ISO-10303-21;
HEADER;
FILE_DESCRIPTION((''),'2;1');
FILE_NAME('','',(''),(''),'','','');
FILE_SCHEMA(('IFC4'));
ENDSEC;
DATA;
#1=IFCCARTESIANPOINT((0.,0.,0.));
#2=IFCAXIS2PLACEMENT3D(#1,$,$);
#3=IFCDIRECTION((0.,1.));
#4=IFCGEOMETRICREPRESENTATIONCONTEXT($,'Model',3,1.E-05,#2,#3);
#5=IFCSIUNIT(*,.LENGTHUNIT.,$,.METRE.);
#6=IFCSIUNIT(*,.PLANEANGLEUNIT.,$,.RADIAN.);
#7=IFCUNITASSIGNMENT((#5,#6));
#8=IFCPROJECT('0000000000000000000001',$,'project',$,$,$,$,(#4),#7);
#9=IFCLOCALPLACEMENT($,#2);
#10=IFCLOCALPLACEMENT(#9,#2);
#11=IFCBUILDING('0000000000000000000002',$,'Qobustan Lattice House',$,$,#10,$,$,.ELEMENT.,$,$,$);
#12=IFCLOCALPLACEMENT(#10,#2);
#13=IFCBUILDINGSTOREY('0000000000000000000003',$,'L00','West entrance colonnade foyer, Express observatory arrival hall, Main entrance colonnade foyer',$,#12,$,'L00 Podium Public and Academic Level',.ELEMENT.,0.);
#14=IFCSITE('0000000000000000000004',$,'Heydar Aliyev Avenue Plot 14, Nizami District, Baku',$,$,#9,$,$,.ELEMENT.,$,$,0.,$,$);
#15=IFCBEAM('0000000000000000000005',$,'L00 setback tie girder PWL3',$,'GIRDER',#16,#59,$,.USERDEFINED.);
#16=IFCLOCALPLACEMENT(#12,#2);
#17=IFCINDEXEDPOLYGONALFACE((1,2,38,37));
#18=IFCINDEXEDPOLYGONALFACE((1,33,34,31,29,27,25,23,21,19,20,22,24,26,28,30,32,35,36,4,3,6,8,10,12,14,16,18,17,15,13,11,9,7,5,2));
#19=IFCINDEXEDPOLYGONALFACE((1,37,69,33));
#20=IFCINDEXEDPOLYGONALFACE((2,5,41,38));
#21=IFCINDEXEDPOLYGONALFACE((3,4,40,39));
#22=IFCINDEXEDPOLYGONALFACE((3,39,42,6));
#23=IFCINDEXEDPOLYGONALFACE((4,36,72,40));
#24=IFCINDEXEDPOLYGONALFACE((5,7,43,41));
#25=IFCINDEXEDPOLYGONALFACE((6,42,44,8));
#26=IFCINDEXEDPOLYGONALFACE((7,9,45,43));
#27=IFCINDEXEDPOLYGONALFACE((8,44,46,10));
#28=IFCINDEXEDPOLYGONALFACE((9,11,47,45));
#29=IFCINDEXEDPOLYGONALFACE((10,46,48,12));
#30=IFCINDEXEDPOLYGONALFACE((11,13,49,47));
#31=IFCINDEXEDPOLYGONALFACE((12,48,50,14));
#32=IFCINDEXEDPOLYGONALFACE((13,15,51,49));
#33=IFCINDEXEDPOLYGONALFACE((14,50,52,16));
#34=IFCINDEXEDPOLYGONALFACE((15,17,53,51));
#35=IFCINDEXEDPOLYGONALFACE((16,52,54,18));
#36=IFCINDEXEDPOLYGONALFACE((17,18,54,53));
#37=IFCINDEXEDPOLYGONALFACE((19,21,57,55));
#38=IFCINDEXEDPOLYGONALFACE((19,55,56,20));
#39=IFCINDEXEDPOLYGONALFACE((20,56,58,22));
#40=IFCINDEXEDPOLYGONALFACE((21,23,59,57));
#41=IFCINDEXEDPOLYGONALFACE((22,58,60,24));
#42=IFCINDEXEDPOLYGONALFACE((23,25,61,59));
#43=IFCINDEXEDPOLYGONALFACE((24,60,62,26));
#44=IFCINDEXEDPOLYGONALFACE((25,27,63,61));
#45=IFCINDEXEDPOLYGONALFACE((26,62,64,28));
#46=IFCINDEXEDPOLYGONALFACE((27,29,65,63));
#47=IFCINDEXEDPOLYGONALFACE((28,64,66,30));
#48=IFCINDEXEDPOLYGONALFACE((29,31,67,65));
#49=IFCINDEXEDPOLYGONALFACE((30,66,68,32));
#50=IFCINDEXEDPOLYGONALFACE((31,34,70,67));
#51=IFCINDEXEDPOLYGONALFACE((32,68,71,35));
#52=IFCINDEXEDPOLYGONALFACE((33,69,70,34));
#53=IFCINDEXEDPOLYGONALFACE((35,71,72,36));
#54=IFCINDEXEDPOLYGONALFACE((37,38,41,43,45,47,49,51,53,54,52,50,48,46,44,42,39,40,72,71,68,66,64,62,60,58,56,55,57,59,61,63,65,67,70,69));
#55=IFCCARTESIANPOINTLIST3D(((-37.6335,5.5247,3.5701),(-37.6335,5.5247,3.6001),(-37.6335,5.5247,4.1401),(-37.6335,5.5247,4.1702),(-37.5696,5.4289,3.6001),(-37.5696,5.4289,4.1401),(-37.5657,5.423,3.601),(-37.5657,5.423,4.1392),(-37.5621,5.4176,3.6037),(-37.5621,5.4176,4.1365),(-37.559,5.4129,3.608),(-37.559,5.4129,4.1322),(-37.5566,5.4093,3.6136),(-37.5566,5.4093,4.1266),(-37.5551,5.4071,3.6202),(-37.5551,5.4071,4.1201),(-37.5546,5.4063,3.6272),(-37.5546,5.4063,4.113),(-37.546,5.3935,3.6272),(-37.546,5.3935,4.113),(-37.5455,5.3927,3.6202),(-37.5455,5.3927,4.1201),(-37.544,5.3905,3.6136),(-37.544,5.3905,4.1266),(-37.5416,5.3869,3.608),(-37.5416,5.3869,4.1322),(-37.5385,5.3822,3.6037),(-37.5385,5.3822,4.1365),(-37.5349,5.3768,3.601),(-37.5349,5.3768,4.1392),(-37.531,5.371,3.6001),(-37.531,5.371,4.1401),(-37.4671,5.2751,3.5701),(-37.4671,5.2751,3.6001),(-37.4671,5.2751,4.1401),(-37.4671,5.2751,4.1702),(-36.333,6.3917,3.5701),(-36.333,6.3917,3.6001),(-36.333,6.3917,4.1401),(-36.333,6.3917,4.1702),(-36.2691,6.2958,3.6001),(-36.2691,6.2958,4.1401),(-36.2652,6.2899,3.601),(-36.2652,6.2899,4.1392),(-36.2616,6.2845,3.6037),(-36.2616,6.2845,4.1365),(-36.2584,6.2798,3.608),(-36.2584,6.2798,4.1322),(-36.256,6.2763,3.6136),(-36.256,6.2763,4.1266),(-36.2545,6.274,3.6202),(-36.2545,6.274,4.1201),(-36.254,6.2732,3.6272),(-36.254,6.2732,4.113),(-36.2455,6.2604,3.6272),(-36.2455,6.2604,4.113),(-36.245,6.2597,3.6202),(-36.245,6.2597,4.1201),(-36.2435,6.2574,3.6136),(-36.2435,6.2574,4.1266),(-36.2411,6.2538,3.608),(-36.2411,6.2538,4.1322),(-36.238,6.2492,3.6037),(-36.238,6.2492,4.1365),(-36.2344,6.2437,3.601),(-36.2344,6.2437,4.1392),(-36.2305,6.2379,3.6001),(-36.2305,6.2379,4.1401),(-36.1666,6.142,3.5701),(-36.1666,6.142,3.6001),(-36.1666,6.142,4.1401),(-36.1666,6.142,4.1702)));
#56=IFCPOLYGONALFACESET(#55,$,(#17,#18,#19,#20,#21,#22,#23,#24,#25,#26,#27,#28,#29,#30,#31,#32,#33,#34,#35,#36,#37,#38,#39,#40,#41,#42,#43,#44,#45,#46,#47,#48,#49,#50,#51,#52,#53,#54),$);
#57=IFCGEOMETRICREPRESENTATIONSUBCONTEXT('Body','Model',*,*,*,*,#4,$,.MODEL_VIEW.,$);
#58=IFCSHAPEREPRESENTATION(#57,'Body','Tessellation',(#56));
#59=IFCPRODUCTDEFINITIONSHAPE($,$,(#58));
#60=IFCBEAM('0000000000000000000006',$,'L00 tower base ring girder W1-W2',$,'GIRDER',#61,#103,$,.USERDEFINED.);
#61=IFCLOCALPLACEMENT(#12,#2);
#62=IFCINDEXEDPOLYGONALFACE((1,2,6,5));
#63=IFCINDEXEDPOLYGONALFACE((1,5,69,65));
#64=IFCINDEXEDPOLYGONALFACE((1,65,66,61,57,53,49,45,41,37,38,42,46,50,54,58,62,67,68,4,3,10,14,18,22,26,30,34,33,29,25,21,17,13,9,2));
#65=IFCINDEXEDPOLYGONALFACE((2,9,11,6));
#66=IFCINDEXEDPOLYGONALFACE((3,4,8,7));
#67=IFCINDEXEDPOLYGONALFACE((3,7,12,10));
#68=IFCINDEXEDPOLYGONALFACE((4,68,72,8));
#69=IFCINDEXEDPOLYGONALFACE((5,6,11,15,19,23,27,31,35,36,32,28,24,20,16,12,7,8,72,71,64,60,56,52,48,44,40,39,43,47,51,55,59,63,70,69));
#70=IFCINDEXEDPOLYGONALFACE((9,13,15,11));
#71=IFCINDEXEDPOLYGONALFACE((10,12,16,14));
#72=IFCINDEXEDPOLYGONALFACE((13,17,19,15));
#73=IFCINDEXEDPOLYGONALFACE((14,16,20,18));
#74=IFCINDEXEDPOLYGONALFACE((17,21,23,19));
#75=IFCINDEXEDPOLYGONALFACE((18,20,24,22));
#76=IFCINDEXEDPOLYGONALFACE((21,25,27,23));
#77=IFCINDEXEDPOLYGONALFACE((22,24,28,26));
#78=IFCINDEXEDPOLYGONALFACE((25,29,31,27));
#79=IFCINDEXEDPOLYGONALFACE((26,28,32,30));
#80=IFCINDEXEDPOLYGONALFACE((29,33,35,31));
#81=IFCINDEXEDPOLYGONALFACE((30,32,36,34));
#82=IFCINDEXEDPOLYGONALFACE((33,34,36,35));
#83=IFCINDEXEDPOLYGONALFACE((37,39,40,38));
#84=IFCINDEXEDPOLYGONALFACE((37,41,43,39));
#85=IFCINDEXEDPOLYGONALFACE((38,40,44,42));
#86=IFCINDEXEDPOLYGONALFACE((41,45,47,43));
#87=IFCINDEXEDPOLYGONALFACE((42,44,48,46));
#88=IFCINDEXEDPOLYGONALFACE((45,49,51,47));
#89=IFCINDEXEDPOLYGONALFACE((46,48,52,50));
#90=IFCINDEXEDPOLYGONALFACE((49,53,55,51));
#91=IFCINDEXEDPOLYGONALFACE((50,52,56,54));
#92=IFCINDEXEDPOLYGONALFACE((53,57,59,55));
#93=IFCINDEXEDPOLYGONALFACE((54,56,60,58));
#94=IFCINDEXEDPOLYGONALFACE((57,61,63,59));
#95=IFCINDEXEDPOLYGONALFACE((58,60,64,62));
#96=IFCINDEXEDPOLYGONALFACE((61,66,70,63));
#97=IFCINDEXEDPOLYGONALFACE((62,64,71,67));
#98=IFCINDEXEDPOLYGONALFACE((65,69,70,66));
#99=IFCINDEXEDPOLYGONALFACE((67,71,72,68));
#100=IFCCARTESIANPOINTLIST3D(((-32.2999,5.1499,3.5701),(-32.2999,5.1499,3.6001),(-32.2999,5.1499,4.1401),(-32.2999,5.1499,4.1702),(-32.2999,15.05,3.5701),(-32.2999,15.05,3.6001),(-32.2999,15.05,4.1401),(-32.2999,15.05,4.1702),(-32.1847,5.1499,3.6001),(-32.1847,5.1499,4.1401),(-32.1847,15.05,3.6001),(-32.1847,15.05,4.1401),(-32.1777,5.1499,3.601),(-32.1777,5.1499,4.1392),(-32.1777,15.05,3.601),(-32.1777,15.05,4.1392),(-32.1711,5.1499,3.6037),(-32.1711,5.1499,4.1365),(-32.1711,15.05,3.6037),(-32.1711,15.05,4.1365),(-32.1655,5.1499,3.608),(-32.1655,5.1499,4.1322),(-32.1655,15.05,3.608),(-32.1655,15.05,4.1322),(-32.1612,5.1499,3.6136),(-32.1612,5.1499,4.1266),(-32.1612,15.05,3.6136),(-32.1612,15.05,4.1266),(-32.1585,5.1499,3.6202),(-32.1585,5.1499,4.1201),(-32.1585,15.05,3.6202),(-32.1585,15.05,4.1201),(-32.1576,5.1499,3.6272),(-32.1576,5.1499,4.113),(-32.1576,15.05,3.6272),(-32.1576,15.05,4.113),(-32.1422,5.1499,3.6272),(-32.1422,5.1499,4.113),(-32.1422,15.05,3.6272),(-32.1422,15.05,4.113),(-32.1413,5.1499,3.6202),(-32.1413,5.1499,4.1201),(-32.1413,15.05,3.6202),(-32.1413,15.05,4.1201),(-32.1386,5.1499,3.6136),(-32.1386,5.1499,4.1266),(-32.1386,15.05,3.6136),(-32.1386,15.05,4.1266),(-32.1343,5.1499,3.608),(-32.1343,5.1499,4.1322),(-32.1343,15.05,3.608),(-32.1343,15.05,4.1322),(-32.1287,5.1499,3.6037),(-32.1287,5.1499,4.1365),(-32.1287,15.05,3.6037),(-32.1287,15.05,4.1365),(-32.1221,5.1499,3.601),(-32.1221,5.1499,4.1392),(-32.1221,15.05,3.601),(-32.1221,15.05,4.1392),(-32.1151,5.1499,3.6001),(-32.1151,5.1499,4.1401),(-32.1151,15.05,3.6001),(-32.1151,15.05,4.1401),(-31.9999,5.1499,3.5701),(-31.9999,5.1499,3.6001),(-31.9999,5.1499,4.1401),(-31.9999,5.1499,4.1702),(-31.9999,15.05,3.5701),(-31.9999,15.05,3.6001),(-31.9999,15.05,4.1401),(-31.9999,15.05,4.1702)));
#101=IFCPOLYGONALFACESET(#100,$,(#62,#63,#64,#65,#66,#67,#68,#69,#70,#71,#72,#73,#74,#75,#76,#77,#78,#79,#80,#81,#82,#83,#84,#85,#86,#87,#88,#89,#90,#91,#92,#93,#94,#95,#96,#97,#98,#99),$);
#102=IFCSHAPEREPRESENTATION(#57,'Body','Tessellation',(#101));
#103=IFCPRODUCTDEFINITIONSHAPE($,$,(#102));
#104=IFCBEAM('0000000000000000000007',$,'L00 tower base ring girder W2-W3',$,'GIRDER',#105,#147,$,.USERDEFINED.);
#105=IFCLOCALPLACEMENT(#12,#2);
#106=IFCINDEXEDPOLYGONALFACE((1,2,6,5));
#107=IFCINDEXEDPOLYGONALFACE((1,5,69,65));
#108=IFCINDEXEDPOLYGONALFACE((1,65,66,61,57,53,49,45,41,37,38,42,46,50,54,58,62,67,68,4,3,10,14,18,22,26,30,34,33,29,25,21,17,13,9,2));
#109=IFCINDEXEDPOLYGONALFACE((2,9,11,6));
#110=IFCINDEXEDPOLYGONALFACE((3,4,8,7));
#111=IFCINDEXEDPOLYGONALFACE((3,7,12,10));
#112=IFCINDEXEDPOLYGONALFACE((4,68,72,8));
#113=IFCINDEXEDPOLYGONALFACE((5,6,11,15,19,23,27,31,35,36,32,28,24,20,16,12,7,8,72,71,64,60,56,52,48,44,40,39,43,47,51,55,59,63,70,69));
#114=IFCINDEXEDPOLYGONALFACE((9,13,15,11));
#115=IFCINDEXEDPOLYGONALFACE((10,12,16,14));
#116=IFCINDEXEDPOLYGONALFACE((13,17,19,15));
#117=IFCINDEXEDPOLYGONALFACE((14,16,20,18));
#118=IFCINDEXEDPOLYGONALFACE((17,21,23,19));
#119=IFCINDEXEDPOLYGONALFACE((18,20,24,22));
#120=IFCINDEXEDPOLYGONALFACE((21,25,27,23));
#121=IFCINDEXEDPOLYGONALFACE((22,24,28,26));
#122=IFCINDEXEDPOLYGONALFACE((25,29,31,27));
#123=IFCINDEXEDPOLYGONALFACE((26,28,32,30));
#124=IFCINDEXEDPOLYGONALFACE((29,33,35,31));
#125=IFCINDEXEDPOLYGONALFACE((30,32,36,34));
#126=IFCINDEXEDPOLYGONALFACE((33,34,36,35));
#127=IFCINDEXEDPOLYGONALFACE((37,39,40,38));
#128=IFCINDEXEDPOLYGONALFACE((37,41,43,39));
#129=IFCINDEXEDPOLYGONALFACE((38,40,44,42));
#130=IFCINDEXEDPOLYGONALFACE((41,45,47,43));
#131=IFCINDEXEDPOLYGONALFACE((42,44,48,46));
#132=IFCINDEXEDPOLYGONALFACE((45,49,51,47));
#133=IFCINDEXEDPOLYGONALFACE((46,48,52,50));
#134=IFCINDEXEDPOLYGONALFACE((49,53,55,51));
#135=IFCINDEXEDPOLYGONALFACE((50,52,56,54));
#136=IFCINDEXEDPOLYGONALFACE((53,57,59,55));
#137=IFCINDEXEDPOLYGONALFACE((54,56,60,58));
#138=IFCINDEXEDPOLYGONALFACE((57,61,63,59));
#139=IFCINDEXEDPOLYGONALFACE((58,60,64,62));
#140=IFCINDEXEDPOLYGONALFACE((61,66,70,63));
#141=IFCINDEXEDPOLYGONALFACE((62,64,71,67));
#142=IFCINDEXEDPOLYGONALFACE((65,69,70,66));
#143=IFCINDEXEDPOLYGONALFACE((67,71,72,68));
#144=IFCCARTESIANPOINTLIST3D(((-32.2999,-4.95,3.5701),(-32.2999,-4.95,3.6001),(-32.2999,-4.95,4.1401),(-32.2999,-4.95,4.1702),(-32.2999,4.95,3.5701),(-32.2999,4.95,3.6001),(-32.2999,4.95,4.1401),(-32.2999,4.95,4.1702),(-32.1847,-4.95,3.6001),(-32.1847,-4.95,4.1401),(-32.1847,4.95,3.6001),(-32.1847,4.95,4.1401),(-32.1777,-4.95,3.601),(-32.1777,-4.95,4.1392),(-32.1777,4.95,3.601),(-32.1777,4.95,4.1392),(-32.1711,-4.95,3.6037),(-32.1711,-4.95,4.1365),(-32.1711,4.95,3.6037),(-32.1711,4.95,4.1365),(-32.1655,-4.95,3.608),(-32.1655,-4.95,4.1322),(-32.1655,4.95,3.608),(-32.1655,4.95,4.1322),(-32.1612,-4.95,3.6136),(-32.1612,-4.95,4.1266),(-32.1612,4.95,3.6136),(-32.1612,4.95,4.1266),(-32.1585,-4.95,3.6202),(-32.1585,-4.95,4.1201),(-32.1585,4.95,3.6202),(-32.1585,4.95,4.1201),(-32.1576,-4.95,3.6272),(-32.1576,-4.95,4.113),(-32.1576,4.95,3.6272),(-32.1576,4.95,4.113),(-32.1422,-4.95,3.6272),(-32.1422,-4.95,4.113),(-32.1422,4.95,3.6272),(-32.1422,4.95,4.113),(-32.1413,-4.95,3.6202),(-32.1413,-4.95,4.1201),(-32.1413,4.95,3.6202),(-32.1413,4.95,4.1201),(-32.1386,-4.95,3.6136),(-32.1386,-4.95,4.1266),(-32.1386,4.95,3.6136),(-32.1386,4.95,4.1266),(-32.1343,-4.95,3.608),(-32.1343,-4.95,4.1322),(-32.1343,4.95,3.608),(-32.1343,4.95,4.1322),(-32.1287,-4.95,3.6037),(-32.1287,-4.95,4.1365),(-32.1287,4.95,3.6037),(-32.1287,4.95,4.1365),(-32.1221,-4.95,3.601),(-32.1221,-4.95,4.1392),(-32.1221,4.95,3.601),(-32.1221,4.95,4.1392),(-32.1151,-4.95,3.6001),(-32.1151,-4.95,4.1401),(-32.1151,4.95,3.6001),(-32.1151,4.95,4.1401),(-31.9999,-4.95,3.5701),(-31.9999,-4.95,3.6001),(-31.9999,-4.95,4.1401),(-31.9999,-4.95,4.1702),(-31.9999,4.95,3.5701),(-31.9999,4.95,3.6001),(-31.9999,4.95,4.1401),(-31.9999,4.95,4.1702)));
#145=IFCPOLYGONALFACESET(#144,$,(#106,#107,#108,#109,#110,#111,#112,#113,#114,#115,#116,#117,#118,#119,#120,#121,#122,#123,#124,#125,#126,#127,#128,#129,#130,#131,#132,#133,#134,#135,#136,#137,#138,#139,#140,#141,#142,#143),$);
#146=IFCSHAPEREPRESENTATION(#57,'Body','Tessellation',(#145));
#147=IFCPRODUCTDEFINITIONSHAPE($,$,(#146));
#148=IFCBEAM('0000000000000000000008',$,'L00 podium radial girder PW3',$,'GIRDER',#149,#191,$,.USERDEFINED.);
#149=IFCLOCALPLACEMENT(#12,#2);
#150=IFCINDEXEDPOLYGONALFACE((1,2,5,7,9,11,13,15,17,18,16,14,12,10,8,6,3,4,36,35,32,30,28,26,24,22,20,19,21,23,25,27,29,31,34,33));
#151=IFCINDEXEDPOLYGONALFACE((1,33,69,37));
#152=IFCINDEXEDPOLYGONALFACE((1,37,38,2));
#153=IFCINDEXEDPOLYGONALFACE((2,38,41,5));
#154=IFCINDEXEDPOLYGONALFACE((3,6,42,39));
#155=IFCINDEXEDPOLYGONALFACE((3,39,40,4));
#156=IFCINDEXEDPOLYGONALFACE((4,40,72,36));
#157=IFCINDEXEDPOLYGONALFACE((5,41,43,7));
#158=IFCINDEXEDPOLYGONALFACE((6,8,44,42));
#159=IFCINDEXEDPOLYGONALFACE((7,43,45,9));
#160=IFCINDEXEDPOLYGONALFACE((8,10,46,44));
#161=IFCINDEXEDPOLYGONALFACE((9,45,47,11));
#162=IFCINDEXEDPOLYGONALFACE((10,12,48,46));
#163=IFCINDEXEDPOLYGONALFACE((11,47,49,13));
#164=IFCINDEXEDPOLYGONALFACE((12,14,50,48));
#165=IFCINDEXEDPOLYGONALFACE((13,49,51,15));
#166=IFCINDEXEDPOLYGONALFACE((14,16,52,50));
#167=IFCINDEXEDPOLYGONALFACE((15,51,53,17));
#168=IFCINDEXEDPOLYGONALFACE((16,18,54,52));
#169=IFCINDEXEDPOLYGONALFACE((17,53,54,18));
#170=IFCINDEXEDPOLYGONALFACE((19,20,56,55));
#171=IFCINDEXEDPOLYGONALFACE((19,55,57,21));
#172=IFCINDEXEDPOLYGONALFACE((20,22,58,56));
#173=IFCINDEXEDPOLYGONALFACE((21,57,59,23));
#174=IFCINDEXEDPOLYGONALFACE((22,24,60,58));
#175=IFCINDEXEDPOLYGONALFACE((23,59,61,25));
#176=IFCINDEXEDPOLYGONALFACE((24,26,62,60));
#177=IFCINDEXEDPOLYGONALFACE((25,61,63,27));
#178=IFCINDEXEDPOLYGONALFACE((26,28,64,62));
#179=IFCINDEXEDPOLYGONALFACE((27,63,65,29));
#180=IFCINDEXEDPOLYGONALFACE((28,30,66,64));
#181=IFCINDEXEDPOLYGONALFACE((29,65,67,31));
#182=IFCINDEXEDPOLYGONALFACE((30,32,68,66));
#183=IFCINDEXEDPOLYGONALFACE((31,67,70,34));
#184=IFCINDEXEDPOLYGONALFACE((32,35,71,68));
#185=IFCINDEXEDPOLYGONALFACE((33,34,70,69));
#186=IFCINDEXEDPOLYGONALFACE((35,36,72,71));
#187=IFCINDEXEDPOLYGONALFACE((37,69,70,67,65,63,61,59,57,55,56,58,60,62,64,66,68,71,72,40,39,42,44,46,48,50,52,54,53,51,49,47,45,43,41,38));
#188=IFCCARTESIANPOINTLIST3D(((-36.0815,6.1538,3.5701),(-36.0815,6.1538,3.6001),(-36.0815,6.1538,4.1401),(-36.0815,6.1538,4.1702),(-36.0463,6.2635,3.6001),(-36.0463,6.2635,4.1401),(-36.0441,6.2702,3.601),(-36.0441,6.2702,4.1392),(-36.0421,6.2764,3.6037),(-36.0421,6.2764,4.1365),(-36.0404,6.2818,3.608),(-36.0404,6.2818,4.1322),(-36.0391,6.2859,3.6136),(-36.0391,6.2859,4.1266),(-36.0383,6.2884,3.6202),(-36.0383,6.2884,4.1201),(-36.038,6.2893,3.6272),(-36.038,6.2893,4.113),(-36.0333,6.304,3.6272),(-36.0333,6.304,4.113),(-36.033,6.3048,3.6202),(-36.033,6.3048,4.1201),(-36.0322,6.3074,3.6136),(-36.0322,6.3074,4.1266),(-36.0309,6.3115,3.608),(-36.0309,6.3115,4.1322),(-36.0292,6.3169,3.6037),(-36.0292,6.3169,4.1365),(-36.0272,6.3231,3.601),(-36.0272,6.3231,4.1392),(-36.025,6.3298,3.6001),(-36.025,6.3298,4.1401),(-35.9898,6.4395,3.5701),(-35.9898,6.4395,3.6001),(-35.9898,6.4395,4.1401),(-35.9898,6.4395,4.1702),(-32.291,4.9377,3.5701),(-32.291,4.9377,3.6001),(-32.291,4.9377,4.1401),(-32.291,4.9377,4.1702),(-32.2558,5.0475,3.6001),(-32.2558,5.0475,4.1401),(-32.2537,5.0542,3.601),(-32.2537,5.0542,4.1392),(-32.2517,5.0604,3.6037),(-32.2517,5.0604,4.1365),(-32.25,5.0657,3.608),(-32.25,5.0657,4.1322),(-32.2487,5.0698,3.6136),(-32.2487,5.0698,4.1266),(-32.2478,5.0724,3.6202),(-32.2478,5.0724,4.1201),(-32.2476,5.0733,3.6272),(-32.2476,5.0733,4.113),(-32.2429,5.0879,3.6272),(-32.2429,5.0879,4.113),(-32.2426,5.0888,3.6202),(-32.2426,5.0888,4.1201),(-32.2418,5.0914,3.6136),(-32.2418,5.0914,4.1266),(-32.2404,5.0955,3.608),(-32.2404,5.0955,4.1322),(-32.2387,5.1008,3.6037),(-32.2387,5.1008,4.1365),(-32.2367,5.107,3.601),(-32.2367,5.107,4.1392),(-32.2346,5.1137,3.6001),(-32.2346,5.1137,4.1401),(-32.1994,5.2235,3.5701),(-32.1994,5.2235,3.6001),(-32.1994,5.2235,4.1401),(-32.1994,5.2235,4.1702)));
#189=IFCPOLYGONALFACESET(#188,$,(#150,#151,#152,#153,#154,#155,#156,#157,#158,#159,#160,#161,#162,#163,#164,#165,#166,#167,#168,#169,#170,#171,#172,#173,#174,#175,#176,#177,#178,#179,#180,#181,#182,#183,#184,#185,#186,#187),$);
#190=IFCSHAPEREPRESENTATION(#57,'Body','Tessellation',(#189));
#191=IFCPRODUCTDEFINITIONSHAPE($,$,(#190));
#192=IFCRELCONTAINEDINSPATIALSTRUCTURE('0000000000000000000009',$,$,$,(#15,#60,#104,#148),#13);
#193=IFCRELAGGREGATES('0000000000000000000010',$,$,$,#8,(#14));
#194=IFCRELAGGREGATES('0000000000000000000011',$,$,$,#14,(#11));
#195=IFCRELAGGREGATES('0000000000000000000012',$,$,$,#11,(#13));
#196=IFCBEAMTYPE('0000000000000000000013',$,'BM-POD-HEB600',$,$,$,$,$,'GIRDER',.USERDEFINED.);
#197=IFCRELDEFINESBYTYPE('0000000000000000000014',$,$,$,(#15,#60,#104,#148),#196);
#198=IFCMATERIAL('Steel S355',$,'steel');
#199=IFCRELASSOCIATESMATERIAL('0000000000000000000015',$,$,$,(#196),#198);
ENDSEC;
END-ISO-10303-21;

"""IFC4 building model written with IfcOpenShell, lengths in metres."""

from ifc_helpers import new_model, si_unit, direction, frame, origin, origin_2d, place, context, subcontext, project, spatial, i_section, extrude, material, material_profile, profile_set, type_object, element, save


model = new_model("IFC4")

# Units and contexts
model_context = context("Model", 3, precision=1e-05, world=origin(), true_north=direction((0.0, 1.0)))
body_context = subcontext(model_context, "Body", "Model", "MODEL_VIEW")
ifc_project = project(units=[si_unit("LENGTHUNIT", "METRE"), si_unit("PLANEANGLEUNIT", "RADIAN")], contexts=[model_context])

# Site, building, storey
site_placement = place(None, origin())
site = spatial("IfcSite", under=ifc_project, at=site_placement, Name="Heydar Aliyev Avenue Plot 14, Nizami District, Baku", CompositionType="ELEMENT", RefElevation=0.0)
building_placement = place(site_placement, origin())
building = spatial("IfcBuilding", under=site, at=building_placement, Name="Qobustan Lattice House", CompositionType="ELEMENT")
storey_placement = place(building_placement, origin())
storey = spatial("IfcBuildingStorey", under=building, at=storey_placement, Name="L00", Description="West entrance colonnade foyer, Express observatory arrival hall, Main entrance colonnade foyer", LongName="L00 Podium Public and Academic Level", CompositionType="ELEMENT", Elevation=0.0)

# Beams
ifc_material_1 = material(Name="Steel S355", Category="steel")
ifc_material_profile_1 = material_profile(ifc_material_1, i_section(OverallWidth=0.3, OverallDepth=0.6001, WebThickness=0.0154, FlangeThickness=0.03, FilletRadius=0.0271, at=origin_2d()), Name="HEB600")
ifc_profile_set_1 = profile_set([ifc_material_profile_1], Name="Steel S355")
beam_type_1 = type_object("IfcBeamType", Name="BM-POD-HEB600", ElementType="GIRDER", PredefinedType="USERDEFINED", material=ifc_profile_set_1)
beam_1_placement = place(storey_placement, frame((-37.5503, 5.3999, 3.8701), z_axis=(0.832074, 0.554664, 0.0), x_axis=(-0.554664, 0.832074, 0.0)))
element("IfcBeam", 1, at=beam_1_placement, inside=storey, type_object=beam_type_1, Name="L00 setback tie girder PWL3", ObjectType="GIRDER", PredefinedType="USERDEFINED", context=body_context, shape_type="SweptSolid", body=[
    extrude(i_section(OverallWidth=0.3, OverallDepth=0.6001, WebThickness=0.0154, FlangeThickness=0.03, FilletRadius=0.0271, at=origin_2d()), origin(), (0.0, 0.0, 1.0), 1.563),
])
beam_2_placement = place(storey_placement, frame((-32.1499, 15.05, 3.8701), z_axis=(0.0, -1.0, 0.0), x_axis=(1.0, 0.0, 0.0)))
element("IfcBeam", 2, at=beam_2_placement, inside=storey, type_object=beam_type_1, Name="L00 tower base ring girder W1-W2", ObjectType="GIRDER", PredefinedType="USERDEFINED", context=body_context, shape_type="SweptSolid", body=[
    extrude(i_section(OverallWidth=0.3, OverallDepth=0.6001, WebThickness=0.0154, FlangeThickness=0.03, FilletRadius=0.0271, at=origin_2d()), origin(), (0.0, 0.0, 1.0), 9.9001),
])
beam_3_placement = place(storey_placement, frame((-32.1499, 4.95, 3.8701), z_axis=(0.0, -1.0, 0.0), x_axis=(1.0, 0.0, 0.0)))
element("IfcBeam", 3, at=beam_3_placement, inside=storey, type_object=beam_type_1, Name="L00 tower base ring girder W2-W3", ObjectType="GIRDER", PredefinedType="USERDEFINED", context=body_context, shape_type="SweptSolid", body=[
    extrude(i_section(OverallWidth=0.3, OverallDepth=0.6001, WebThickness=0.0154, FlangeThickness=0.03, FilletRadius=0.0271, at=origin_2d()), origin(), (0.0, 0.0, 1.0), 9.8999),
])
beam_4_placement = place(storey_placement, frame((-36.0356, 6.2966, 3.8701), z_axis=(0.952198, -0.305481, 0.0), x_axis=(0.305481, 0.952198, 0.0)))
element("IfcBeam", 4, at=beam_4_placement, inside=storey, type_object=beam_type_1, Name="L00 podium radial girder PW3", ObjectType="GIRDER", PredefinedType="USERDEFINED", context=body_context, shape_type="SweptSolid", body=[
    extrude(i_section(OverallWidth=0.3, OverallDepth=0.6001, WebThickness=0.0154, FlangeThickness=0.03, FilletRadius=0.0271, at=origin_2d()), origin(), (0.0, 0.0, 1.0), 3.9807),
])

save(model, "model.ifc")
